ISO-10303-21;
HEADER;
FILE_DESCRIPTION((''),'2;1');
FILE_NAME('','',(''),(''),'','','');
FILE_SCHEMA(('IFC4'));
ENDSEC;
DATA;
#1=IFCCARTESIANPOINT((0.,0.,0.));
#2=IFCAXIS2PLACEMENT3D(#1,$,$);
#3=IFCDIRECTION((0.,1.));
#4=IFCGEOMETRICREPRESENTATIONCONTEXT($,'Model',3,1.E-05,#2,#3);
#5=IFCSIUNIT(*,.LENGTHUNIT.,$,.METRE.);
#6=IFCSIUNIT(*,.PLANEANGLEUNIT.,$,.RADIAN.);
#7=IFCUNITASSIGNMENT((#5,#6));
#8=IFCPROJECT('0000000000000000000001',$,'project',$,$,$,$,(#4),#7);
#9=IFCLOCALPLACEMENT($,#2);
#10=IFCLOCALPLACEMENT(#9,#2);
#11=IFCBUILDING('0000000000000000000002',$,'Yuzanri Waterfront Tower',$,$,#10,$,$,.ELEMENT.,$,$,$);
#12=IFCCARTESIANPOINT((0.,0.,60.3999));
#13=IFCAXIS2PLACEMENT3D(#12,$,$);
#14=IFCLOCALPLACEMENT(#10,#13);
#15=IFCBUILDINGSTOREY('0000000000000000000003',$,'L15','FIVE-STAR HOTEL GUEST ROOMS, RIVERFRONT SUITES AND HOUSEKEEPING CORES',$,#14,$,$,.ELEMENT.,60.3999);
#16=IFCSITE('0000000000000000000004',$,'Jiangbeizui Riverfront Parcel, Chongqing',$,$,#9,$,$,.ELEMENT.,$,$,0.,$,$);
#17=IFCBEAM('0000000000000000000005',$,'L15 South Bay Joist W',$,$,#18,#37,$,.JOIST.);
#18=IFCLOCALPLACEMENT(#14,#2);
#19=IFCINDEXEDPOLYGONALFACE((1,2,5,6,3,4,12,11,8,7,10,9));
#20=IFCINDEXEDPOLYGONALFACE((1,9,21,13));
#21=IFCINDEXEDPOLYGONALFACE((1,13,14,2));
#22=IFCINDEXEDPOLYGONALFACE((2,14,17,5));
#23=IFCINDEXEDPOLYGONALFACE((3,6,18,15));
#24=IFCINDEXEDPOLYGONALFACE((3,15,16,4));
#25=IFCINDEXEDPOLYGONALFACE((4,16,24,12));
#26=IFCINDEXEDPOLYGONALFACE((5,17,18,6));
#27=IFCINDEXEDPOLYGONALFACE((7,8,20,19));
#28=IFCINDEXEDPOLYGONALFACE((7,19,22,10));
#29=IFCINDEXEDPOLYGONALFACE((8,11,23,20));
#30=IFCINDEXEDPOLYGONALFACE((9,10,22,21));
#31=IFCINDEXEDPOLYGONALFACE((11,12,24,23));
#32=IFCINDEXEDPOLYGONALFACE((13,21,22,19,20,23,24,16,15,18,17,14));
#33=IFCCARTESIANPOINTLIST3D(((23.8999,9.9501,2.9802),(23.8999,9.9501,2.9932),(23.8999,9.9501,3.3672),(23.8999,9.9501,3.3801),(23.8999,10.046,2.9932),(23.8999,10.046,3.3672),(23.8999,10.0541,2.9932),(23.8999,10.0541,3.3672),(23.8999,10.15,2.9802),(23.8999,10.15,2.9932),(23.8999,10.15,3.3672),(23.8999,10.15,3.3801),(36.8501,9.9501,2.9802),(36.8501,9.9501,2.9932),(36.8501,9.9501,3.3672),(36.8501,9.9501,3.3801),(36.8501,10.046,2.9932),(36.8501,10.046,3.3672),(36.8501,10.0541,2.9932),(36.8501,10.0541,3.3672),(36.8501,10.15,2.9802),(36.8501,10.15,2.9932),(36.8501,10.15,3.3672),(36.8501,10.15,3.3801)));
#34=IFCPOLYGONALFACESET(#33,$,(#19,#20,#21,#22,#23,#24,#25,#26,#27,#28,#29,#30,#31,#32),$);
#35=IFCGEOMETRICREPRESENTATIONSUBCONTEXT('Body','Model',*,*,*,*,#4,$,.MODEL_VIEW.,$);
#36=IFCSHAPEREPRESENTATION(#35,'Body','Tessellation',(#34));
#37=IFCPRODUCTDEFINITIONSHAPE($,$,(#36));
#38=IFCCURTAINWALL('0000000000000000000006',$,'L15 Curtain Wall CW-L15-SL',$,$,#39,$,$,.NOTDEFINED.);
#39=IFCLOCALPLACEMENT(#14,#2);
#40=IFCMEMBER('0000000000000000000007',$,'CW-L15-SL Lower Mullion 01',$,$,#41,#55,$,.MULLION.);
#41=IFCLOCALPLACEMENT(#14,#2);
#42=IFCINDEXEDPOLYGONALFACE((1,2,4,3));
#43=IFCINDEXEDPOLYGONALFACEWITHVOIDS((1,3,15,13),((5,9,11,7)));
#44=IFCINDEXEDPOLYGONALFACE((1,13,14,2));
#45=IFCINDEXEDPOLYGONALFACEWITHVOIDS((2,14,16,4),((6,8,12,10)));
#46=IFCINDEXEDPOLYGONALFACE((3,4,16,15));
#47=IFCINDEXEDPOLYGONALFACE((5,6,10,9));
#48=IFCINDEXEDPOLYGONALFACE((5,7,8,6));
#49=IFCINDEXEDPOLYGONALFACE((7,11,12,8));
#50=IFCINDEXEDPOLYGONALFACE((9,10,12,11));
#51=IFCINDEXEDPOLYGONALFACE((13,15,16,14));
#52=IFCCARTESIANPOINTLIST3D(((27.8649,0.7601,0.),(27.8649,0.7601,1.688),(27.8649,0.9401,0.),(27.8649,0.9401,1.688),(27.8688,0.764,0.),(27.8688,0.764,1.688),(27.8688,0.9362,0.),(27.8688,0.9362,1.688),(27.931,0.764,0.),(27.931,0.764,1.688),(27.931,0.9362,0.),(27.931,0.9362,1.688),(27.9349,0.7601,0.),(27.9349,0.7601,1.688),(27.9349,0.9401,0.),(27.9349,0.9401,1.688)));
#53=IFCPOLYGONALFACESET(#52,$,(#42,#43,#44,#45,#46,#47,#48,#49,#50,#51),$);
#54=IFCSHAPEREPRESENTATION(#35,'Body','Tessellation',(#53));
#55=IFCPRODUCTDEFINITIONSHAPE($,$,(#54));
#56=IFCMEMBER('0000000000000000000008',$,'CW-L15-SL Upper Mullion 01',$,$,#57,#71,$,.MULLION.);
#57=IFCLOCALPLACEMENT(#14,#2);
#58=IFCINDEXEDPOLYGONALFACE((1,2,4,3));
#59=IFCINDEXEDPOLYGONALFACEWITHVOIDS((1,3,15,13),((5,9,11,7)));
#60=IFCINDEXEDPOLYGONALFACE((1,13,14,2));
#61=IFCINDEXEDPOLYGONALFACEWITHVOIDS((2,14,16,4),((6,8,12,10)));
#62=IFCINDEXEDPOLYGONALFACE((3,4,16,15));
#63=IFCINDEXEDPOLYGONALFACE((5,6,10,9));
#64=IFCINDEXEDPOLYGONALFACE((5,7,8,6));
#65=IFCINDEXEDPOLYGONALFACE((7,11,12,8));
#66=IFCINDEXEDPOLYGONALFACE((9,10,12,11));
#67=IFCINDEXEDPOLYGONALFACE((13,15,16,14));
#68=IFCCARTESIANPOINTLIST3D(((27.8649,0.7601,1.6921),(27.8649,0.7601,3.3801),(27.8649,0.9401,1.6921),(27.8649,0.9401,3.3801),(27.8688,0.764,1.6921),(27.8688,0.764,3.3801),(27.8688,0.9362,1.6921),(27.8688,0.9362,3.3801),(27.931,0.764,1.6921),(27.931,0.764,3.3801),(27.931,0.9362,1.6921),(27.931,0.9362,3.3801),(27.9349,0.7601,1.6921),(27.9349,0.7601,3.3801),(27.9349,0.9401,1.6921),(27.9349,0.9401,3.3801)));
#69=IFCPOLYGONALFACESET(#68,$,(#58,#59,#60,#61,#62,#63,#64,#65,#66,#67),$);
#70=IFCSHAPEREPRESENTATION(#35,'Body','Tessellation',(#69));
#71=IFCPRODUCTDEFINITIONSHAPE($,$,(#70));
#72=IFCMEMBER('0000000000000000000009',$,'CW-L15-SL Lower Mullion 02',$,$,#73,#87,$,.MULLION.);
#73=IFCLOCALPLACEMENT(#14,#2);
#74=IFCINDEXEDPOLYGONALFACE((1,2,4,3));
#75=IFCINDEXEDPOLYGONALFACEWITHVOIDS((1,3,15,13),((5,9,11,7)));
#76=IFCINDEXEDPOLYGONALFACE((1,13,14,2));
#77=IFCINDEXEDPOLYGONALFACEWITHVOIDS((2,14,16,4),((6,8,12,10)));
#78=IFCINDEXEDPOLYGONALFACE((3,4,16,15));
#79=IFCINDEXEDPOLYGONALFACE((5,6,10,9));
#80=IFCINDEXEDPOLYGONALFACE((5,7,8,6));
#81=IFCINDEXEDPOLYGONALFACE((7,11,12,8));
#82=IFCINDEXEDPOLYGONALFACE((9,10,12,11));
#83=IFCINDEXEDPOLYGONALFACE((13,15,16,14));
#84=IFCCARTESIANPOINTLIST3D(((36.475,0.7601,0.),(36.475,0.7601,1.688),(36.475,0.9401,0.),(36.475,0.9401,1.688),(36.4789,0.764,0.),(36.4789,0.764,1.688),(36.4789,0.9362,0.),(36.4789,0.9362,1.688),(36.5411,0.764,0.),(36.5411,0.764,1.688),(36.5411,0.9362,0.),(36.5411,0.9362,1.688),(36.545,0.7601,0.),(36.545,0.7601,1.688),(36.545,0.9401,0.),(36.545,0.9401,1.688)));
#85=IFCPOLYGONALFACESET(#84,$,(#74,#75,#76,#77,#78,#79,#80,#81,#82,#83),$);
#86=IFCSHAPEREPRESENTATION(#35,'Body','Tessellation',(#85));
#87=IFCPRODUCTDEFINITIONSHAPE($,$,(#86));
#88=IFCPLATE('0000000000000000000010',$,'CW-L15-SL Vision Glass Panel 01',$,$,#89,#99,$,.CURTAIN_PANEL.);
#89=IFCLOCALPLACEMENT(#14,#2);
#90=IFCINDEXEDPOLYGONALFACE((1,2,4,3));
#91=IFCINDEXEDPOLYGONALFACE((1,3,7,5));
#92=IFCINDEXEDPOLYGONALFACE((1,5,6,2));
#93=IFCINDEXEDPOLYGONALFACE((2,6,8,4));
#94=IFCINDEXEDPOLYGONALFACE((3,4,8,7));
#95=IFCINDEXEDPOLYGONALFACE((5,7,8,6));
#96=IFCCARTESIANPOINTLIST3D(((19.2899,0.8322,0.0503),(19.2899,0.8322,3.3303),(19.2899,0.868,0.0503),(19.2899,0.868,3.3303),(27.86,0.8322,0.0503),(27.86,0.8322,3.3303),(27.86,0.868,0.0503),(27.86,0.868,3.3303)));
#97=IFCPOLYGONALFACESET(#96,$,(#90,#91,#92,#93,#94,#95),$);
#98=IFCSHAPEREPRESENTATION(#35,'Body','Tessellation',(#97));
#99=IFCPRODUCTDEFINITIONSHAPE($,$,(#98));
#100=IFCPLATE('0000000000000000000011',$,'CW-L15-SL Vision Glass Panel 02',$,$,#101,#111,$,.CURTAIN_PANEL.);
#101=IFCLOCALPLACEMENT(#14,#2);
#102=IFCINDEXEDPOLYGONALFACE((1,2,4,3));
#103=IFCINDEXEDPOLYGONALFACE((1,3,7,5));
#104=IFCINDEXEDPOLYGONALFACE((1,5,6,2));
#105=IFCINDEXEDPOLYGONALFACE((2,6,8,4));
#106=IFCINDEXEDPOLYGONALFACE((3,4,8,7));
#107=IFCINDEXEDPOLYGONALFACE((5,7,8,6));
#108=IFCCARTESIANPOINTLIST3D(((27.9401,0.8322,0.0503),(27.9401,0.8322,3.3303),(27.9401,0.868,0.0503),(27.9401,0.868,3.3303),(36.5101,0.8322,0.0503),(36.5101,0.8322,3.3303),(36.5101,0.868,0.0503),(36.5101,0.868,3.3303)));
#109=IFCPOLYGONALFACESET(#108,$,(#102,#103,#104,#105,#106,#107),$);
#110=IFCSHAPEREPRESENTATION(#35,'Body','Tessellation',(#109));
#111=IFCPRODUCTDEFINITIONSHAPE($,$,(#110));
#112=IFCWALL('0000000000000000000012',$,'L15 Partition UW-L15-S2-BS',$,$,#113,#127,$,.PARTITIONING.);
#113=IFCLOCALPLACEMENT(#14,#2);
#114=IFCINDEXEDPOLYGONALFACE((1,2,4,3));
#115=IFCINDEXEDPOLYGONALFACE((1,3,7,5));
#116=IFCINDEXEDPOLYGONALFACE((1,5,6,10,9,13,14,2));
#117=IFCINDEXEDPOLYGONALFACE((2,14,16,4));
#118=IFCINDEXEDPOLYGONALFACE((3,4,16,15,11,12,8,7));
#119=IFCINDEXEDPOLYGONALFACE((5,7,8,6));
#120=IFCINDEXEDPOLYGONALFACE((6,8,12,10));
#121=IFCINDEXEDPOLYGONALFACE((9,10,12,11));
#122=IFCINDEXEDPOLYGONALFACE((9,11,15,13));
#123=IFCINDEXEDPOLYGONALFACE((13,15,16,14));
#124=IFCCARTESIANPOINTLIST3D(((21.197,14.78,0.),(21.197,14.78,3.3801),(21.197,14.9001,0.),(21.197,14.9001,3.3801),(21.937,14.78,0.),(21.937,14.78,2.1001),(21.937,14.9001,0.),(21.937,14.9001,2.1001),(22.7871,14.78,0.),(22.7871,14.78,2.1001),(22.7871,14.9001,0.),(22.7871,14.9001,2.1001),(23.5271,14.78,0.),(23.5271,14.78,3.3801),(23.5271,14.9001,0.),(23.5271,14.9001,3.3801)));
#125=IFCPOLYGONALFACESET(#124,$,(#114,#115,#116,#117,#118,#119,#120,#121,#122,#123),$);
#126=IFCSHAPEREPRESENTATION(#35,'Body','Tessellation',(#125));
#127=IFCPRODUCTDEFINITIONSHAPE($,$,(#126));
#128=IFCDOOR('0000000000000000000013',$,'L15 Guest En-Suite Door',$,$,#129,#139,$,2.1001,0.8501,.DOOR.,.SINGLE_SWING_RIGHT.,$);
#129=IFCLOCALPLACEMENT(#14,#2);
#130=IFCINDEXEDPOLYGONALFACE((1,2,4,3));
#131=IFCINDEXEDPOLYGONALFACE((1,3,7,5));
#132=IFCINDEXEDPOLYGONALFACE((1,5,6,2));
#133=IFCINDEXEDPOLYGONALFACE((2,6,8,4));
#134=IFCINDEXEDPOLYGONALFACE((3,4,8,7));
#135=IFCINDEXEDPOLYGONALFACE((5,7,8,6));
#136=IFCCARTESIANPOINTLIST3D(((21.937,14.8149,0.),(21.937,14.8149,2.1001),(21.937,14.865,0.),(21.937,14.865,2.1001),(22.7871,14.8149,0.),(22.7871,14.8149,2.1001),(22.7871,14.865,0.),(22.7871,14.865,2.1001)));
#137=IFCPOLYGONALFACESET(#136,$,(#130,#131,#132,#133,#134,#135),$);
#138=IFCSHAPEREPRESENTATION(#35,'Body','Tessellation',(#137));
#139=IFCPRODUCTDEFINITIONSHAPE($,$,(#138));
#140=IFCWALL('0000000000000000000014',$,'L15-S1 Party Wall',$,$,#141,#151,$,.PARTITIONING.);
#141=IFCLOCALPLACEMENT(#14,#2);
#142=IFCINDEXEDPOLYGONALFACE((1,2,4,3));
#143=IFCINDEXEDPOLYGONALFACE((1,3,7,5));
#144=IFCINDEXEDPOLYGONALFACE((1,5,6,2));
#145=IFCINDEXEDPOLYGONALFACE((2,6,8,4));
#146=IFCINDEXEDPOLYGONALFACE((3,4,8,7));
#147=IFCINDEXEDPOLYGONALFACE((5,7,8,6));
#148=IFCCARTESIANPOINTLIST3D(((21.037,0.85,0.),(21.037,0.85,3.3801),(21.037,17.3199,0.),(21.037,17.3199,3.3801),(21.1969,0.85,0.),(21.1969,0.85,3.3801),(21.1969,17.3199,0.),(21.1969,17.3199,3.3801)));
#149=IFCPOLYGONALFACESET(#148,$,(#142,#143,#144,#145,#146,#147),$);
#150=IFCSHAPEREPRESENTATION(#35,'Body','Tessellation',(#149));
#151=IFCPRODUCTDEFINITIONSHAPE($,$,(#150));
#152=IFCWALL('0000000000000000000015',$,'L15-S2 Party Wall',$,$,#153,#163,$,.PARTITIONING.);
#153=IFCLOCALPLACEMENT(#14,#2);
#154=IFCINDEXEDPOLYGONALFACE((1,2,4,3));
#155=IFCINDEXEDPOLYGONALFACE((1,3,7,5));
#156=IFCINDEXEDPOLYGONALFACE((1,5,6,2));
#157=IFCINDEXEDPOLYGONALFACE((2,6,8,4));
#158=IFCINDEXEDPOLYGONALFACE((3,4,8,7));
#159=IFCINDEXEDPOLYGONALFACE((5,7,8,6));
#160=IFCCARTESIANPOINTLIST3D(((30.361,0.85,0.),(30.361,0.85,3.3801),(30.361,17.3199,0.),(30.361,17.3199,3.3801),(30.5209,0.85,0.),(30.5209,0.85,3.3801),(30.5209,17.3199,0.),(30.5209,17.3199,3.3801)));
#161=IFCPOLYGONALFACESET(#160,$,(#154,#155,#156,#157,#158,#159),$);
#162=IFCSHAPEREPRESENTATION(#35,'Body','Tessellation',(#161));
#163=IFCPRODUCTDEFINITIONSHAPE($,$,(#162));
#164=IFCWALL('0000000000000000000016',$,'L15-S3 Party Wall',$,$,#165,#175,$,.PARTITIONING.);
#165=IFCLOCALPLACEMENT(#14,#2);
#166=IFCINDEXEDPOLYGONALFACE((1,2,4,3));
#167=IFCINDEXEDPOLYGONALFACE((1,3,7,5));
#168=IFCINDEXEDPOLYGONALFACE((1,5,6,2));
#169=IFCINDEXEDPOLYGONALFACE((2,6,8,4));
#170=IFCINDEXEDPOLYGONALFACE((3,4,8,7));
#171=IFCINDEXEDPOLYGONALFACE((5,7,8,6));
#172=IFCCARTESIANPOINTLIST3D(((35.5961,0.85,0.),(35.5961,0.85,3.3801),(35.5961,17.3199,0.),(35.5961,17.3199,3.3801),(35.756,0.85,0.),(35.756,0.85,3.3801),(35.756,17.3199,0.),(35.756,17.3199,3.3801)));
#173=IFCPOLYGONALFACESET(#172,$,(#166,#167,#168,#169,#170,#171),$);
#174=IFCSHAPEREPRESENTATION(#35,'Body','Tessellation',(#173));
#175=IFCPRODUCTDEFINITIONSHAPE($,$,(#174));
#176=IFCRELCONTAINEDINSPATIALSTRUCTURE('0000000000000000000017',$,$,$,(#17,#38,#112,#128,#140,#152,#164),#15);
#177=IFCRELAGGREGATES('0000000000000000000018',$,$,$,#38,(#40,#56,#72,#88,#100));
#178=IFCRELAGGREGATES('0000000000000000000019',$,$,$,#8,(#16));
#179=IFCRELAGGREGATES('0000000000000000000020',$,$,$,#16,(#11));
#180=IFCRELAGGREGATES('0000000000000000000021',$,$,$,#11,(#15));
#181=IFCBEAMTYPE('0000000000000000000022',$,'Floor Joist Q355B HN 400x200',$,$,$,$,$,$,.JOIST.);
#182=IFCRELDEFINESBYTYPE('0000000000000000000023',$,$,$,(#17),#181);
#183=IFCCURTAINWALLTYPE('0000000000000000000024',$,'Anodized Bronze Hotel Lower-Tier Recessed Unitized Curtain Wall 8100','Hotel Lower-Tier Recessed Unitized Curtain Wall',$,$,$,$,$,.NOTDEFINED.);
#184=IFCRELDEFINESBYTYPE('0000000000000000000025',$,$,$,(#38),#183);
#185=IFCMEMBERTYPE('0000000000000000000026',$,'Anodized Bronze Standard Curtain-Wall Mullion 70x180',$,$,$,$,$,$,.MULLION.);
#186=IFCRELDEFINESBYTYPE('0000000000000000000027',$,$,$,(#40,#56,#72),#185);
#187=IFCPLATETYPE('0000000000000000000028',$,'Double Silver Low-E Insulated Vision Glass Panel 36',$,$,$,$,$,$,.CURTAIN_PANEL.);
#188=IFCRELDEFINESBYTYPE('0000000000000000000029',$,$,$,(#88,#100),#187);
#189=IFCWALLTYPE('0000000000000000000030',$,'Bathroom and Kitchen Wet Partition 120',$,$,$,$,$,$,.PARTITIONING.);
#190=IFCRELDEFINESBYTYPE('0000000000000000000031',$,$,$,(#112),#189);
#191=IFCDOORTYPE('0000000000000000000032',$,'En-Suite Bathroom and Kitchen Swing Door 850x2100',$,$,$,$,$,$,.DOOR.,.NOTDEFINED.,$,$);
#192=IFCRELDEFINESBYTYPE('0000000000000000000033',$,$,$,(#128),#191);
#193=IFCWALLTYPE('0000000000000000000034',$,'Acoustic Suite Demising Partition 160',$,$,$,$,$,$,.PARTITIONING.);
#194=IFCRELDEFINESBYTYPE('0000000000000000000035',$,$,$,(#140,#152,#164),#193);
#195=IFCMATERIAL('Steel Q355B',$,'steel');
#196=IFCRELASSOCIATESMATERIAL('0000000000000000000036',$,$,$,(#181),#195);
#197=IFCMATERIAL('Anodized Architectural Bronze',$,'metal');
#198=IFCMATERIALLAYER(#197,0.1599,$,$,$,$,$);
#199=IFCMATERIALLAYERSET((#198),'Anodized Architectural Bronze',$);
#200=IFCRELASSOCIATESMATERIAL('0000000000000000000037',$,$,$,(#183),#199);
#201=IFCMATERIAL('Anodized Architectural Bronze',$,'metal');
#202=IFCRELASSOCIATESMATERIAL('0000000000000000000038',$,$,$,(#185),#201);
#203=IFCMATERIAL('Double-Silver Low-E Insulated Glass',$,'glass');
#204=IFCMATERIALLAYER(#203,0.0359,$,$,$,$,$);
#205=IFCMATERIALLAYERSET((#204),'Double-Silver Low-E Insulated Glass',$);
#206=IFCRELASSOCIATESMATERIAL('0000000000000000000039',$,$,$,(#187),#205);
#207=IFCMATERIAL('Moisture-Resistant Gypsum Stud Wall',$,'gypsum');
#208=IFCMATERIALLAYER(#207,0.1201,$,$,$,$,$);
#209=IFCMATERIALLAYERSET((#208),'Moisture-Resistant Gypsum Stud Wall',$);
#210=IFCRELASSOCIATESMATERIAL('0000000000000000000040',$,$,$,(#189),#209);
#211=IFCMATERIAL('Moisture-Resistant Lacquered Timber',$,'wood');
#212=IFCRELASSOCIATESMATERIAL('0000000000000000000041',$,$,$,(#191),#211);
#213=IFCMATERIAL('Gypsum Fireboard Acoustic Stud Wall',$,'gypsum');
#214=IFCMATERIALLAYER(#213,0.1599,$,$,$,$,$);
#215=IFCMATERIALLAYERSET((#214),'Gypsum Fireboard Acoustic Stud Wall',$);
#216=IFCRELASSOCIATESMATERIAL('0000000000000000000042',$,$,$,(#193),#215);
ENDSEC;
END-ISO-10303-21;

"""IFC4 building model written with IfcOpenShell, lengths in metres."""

from ifc_helpers import new_model, si_unit, direction, frame, frame_2d, origin, origin_2d, place, context, subcontext, project, spatial, rectangle, hollow_rectangle, i_section, extrude, source, transform, mapped, material, layer, layer_set, material_profile, profile_set, type_object, element, fill, aggregate, save


model = new_model("IFC4")

# Units and contexts
model_context = context("Model", 3, precision=1e-05, world=origin(), true_north=direction((0.0, 1.0)))
body_context = subcontext(model_context, "Body", "Model", "MODEL_VIEW")
ifc_project = project(units=[si_unit("LENGTHUNIT", "METRE"), si_unit("PLANEANGLEUNIT", "RADIAN")], contexts=[model_context])

# Site, building, storey
site_placement = place(None, origin())
site = spatial("IfcSite", under=ifc_project, at=site_placement, Name="Jiangbeizui Riverfront Parcel, Chongqing", CompositionType="ELEMENT", RefElevation=0.0)
building_placement = place(site_placement, origin())
building = spatial("IfcBuilding", under=site, at=building_placement, Name="Yuzanri Waterfront Tower", CompositionType="ELEMENT")
storey_placement = place(building_placement, frame((0.0, 0.0, 60.3999)))
storey = spatial("IfcBuildingStorey", under=building, at=storey_placement, Name="L15", Description="FIVE-STAR HOTEL GUEST ROOMS, RIVERFRONT SUITES AND HOUSEKEEPING CORES", CompositionType="ELEMENT", Elevation=60.3999)

# Beam
ifc_material_1 = material(Name="Steel Q355B", Category="steel")
ifc_material_profile_1 = material_profile(ifc_material_1, i_section(OverallWidth=0.2, OverallDepth=0.3999, WebThickness=0.0081, FlangeThickness=0.0129, at=origin_2d()), Name="HN 400x200x8x13")
ifc_profile_set_1 = profile_set([ifc_material_profile_1], Name="Steel Q355B")
beam_type = type_object("IfcBeamType", Name="Floor Joist Q355B HN 400x200", PredefinedType="JOIST", material=ifc_profile_set_1)
shared_shape_1 = source(origin(), body_context, "Body", "SweptSolid", [
    extrude(i_section(OverallWidth=0.2, OverallDepth=0.3999, WebThickness=0.0081, FlangeThickness=0.0129, at=origin_2d()), origin(), (0.0, 0.0, 1.0), 12.9502),
])
beam_placement = place(storey_placement, frame((23.8999, 10.05, 3.1802), z_axis=(1.0, 0.0, 0.0), x_axis=(0.0, 1.0, 0.0)))
element("IfcBeam", 1, at=beam_placement, inside=storey, type_object=beam_type, Name="L15 South Bay Joist W", PredefinedType="JOIST", context=body_context, shape_type="MappedRepresentation", body=[
    mapped(shared_shape_1, transform((0.0, 0.0, 0.0), scale=1.0)),
])

# Curtain wall, members, plates
ifc_material_2 = material(Name="Anodized Architectural Bronze", Category="metal")
ifc_layer_1 = layer(ifc_material_2, 0.1599)
ifc_layer_set_1 = layer_set([ifc_layer_1], Name="Anodized Architectural Bronze")
curtain_wall_type = type_object("IfcCurtainWallType", Name="Anodized Bronze Hotel Lower-Tier Recessed Unitized Curtain Wall 8100", Description="Hotel Lower-Tier Recessed Unitized Curtain Wall", PredefinedType="NOTDEFINED", material=ifc_layer_set_1)
curtain_wall_placement = place(storey_placement, origin())
curtain_wall = element("IfcCurtainWall", 2, at=curtain_wall_placement, inside=storey, type_object=curtain_wall_type, Name="L15 Curtain Wall CW-L15-SL", PredefinedType="NOTDEFINED")
ifc_material_3 = material(Name="Anodized Architectural Bronze", Category="metal")
ifc_material_profile_2 = material_profile(ifc_material_3, hollow_rectangle(XDim=0.0701, YDim=0.1799, WallThickness=0.0039, at=origin_2d()), Name="CWM 70x180")
ifc_profile_set_2 = profile_set([ifc_material_profile_2], Name="Anodized Architectural Bronze")
member_type = type_object("IfcMemberType", Name="Anodized Bronze Standard Curtain-Wall Mullion 70x180", PredefinedType="MULLION", material=ifc_profile_set_2)
shared_shape_2 = source(origin(), body_context, "Body", "SweptSolid", [
    extrude(hollow_rectangle(XDim=0.0701, YDim=0.1799, WallThickness=0.0039, at=origin_2d()), origin(), (0.0, 0.0, 1.0), 1.688),
])
member_1_placement = place(storey_placement, frame((27.8999, 0.8501, 0.0), z_axis=(0.0, 0.0, 1.0), x_axis=(1.0, 0.0, 0.0)))
member_1 = element("IfcMember", 3, at=member_1_placement, type_object=member_type, Name="CW-L15-SL Lower Mullion 01", PredefinedType="MULLION", context=body_context, shape_type="MappedRepresentation", body=[
    mapped(shared_shape_2, transform((0.0, 0.0, 0.0), scale=1.0)),
])
member_2_placement = place(storey_placement, frame((27.8999, 0.8501, 1.6921), z_axis=(0.0, 0.0, 1.0), x_axis=(1.0, 0.0, 0.0)))
member_2 = element("IfcMember", 4, at=member_2_placement, type_object=member_type, Name="CW-L15-SL Upper Mullion 01", PredefinedType="MULLION", context=body_context, shape_type="MappedRepresentation", body=[
    mapped(shared_shape_2, transform((0.0, 0.0, 0.0), scale=1.0)),
])
member_3_placement = place(storey_placement, frame((36.51, 0.8501, 0.0), z_axis=(0.0, 0.0, 1.0), x_axis=(1.0, 0.0, 0.0)))
member_3 = element("IfcMember", 5, at=member_3_placement, type_object=member_type, Name="CW-L15-SL Lower Mullion 02", PredefinedType="MULLION", context=body_context, shape_type="MappedRepresentation", body=[
    mapped(shared_shape_2, transform((0.0, 0.0, 0.0), scale=1.0)),
])
ifc_material_4 = material(Name="Double-Silver Low-E Insulated Glass", Category="glass")
ifc_layer_2 = layer(ifc_material_4, 0.0359)
ifc_layer_set_2 = layer_set([ifc_layer_2], Name="Double-Silver Low-E Insulated Glass")
plate_type = type_object("IfcPlateType", Name="Double Silver Low-E Insulated Vision Glass Panel 36", PredefinedType="CURTAIN_PANEL", material=ifc_layer_set_2)
shared_shape_3 = source(origin(), body_context, "Body", "SweptSolid", [
    extrude(rectangle(XDim=8.5701, YDim=0.0359, at=origin_2d()), origin(), (0.0, 0.0, 1.0), 3.28),
])
plate_1_placement = place(storey_placement, frame((23.575, 0.8501, 0.0503), z_axis=(0.0, 0.0, 1.0), x_axis=(1.0, 0.0, 0.0)))
plate_1 = element("IfcPlate", 6, at=plate_1_placement, type_object=plate_type, Name="CW-L15-SL Vision Glass Panel 01", PredefinedType="CURTAIN_PANEL", context=body_context, shape_type="MappedRepresentation", body=[
    mapped(shared_shape_3, transform((0.0, 0.0, 0.0), scale=1.0)),
])
plate_2_placement = place(storey_placement, frame((32.2251, 0.8501, 0.0503), z_axis=(0.0, 0.0, 1.0), x_axis=(1.0, 0.0, 0.0)))
plate_2 = element("IfcPlate", 7, at=plate_2_placement, type_object=plate_type, Name="CW-L15-SL Vision Glass Panel 02", PredefinedType="CURTAIN_PANEL", context=body_context, shape_type="MappedRepresentation", body=[
    mapped(shared_shape_3, transform((0.0, 0.0, 0.0), scale=1.0)),
])
aggregate(curtain_wall, [member_1, member_2, member_3, plate_1, plate_2])

# Wall, opening, door
ifc_material_5 = material(Name="Moisture-Resistant Gypsum Stud Wall", Category="gypsum")
ifc_layer_3 = layer(ifc_material_5, 0.1201)
ifc_layer_set_3 = layer_set([ifc_layer_3], Name="Moisture-Resistant Gypsum Stud Wall")
wall_type_1 = type_object("IfcWallType", Name="Bathroom and Kitchen Wet Partition 120", PredefinedType="PARTITIONING", material=ifc_layer_set_3)
wall_placement = place(storey_placement, frame((21.197, 14.8401, 0.0), z_axis=(0.0, 0.0, 1.0), x_axis=(1.0, 0.0, 0.0)))
wall = element("IfcWall", 8, at=wall_placement, inside=storey, type_object=wall_type_1, Name="L15 Partition UW-L15-S2-BS", PredefinedType="PARTITIONING", context=body_context, shape_type="SweptSolid", body=[
    extrude(rectangle(XDim=2.3301, YDim=0.1201, at=frame_2d((1.165, 0.0))), origin(), (0.0, 0.0, 1.0), 3.3801),
])
opening_placement = place(wall_placement, frame((0.74, 0.0, 0.0)))
opening = element("IfcOpeningElement", 9, at=opening_placement, cuts=wall, PredefinedType="OPENING", context=body_context, shape_type="SweptSolid", body=[
    extrude(rectangle(XDim=0.8501, YDim=2.1001, at=frame_2d((0.425, 1.05))), frame((0.0, 0.075, 0.0), z_axis=(0.0, -1.0, 0.0), x_axis=(1.0, 0.0, 0.0)), (0.0, 0.0, 1.0), 0.1499),
])
ifc_material_6 = material(Name="Moisture-Resistant Lacquered Timber", Category="wood")
door_type = type_object("IfcDoorType", Name="En-Suite Bathroom and Kitchen Swing Door 850x2100", OperationType="NOTDEFINED", PredefinedType="DOOR", material=ifc_material_6)
shared_shape_4 = source(origin(), body_context, "Body", "SweptSolid", [
    extrude(rectangle(XDim=0.8501, YDim=2.1001, at=frame_2d((0.425, 1.05))), frame((0.0, 0.0249, 0.0), z_axis=(0.0, -1.0, 0.0), x_axis=(1.0, 0.0, 0.0)), (0.0, 0.0, 1.0), 0.05),
])
door_placement = place(opening_placement, origin())
door = element("IfcDoor", 10, at=door_placement, inside=storey, type_object=door_type, Name="L15 Guest En-Suite Door", OperationType="SINGLE_SWING_RIGHT", OverallHeight=2.1001, OverallWidth=0.8501, PredefinedType="DOOR", context=body_context, shape_type="MappedRepresentation", body=[
    mapped(shared_shape_4, transform((0.0, 0.0, 0.0), scale=1.0)),
])
fill(opening, door)

# Walls
ifc_material_7 = material(Name="Gypsum Fireboard Acoustic Stud Wall", Category="gypsum")
ifc_layer_4 = layer(ifc_material_7, 0.1599)
ifc_layer_set_4 = layer_set([ifc_layer_4], Name="Gypsum Fireboard Acoustic Stud Wall")
wall_type_2 = type_object("IfcWallType", Name="Acoustic Suite Demising Partition 160", PredefinedType="PARTITIONING", material=ifc_layer_set_4)
shared_shape_5 = source(origin(), body_context, "Body", "SweptSolid", [
    extrude(rectangle(XDim=16.47, YDim=0.1599, at=frame_2d((8.2349, 0.0))), origin(), (0.0, 0.0, 1.0), 3.3801),
])
for number, where, z_axis, x_axis, name in (
    (11, (21.1169, 0.8501, 0.0), (0.0, 0.0, 1.0), (0.0, 1.0, 0.0), "L15-S1 Party Wall"),
    (12, (30.4409, 0.8501, 0.0), (0.0, 0.0, 1.0), (0.0, 1.0, 0.0), "L15-S2 Party Wall"),
    (13, (35.676, 0.8501, 0.0), (0.0, 0.0, 1.0), (0.0, 1.0, 0.0), "L15-S3 Party Wall"),
):
    element("IfcWall", number, at=place(storey_placement, frame(where, z_axis=z_axis, x_axis=x_axis)), inside=storey, type_object=wall_type_2, Name=name, PredefinedType="PARTITIONING", context=body_context, shape_type="MappedRepresentation", body=[
        mapped(shared_shape_5, transform((0.0, 0.0, 0.0), scale=1.0)),
    ])

save(model, "model.ifc")
